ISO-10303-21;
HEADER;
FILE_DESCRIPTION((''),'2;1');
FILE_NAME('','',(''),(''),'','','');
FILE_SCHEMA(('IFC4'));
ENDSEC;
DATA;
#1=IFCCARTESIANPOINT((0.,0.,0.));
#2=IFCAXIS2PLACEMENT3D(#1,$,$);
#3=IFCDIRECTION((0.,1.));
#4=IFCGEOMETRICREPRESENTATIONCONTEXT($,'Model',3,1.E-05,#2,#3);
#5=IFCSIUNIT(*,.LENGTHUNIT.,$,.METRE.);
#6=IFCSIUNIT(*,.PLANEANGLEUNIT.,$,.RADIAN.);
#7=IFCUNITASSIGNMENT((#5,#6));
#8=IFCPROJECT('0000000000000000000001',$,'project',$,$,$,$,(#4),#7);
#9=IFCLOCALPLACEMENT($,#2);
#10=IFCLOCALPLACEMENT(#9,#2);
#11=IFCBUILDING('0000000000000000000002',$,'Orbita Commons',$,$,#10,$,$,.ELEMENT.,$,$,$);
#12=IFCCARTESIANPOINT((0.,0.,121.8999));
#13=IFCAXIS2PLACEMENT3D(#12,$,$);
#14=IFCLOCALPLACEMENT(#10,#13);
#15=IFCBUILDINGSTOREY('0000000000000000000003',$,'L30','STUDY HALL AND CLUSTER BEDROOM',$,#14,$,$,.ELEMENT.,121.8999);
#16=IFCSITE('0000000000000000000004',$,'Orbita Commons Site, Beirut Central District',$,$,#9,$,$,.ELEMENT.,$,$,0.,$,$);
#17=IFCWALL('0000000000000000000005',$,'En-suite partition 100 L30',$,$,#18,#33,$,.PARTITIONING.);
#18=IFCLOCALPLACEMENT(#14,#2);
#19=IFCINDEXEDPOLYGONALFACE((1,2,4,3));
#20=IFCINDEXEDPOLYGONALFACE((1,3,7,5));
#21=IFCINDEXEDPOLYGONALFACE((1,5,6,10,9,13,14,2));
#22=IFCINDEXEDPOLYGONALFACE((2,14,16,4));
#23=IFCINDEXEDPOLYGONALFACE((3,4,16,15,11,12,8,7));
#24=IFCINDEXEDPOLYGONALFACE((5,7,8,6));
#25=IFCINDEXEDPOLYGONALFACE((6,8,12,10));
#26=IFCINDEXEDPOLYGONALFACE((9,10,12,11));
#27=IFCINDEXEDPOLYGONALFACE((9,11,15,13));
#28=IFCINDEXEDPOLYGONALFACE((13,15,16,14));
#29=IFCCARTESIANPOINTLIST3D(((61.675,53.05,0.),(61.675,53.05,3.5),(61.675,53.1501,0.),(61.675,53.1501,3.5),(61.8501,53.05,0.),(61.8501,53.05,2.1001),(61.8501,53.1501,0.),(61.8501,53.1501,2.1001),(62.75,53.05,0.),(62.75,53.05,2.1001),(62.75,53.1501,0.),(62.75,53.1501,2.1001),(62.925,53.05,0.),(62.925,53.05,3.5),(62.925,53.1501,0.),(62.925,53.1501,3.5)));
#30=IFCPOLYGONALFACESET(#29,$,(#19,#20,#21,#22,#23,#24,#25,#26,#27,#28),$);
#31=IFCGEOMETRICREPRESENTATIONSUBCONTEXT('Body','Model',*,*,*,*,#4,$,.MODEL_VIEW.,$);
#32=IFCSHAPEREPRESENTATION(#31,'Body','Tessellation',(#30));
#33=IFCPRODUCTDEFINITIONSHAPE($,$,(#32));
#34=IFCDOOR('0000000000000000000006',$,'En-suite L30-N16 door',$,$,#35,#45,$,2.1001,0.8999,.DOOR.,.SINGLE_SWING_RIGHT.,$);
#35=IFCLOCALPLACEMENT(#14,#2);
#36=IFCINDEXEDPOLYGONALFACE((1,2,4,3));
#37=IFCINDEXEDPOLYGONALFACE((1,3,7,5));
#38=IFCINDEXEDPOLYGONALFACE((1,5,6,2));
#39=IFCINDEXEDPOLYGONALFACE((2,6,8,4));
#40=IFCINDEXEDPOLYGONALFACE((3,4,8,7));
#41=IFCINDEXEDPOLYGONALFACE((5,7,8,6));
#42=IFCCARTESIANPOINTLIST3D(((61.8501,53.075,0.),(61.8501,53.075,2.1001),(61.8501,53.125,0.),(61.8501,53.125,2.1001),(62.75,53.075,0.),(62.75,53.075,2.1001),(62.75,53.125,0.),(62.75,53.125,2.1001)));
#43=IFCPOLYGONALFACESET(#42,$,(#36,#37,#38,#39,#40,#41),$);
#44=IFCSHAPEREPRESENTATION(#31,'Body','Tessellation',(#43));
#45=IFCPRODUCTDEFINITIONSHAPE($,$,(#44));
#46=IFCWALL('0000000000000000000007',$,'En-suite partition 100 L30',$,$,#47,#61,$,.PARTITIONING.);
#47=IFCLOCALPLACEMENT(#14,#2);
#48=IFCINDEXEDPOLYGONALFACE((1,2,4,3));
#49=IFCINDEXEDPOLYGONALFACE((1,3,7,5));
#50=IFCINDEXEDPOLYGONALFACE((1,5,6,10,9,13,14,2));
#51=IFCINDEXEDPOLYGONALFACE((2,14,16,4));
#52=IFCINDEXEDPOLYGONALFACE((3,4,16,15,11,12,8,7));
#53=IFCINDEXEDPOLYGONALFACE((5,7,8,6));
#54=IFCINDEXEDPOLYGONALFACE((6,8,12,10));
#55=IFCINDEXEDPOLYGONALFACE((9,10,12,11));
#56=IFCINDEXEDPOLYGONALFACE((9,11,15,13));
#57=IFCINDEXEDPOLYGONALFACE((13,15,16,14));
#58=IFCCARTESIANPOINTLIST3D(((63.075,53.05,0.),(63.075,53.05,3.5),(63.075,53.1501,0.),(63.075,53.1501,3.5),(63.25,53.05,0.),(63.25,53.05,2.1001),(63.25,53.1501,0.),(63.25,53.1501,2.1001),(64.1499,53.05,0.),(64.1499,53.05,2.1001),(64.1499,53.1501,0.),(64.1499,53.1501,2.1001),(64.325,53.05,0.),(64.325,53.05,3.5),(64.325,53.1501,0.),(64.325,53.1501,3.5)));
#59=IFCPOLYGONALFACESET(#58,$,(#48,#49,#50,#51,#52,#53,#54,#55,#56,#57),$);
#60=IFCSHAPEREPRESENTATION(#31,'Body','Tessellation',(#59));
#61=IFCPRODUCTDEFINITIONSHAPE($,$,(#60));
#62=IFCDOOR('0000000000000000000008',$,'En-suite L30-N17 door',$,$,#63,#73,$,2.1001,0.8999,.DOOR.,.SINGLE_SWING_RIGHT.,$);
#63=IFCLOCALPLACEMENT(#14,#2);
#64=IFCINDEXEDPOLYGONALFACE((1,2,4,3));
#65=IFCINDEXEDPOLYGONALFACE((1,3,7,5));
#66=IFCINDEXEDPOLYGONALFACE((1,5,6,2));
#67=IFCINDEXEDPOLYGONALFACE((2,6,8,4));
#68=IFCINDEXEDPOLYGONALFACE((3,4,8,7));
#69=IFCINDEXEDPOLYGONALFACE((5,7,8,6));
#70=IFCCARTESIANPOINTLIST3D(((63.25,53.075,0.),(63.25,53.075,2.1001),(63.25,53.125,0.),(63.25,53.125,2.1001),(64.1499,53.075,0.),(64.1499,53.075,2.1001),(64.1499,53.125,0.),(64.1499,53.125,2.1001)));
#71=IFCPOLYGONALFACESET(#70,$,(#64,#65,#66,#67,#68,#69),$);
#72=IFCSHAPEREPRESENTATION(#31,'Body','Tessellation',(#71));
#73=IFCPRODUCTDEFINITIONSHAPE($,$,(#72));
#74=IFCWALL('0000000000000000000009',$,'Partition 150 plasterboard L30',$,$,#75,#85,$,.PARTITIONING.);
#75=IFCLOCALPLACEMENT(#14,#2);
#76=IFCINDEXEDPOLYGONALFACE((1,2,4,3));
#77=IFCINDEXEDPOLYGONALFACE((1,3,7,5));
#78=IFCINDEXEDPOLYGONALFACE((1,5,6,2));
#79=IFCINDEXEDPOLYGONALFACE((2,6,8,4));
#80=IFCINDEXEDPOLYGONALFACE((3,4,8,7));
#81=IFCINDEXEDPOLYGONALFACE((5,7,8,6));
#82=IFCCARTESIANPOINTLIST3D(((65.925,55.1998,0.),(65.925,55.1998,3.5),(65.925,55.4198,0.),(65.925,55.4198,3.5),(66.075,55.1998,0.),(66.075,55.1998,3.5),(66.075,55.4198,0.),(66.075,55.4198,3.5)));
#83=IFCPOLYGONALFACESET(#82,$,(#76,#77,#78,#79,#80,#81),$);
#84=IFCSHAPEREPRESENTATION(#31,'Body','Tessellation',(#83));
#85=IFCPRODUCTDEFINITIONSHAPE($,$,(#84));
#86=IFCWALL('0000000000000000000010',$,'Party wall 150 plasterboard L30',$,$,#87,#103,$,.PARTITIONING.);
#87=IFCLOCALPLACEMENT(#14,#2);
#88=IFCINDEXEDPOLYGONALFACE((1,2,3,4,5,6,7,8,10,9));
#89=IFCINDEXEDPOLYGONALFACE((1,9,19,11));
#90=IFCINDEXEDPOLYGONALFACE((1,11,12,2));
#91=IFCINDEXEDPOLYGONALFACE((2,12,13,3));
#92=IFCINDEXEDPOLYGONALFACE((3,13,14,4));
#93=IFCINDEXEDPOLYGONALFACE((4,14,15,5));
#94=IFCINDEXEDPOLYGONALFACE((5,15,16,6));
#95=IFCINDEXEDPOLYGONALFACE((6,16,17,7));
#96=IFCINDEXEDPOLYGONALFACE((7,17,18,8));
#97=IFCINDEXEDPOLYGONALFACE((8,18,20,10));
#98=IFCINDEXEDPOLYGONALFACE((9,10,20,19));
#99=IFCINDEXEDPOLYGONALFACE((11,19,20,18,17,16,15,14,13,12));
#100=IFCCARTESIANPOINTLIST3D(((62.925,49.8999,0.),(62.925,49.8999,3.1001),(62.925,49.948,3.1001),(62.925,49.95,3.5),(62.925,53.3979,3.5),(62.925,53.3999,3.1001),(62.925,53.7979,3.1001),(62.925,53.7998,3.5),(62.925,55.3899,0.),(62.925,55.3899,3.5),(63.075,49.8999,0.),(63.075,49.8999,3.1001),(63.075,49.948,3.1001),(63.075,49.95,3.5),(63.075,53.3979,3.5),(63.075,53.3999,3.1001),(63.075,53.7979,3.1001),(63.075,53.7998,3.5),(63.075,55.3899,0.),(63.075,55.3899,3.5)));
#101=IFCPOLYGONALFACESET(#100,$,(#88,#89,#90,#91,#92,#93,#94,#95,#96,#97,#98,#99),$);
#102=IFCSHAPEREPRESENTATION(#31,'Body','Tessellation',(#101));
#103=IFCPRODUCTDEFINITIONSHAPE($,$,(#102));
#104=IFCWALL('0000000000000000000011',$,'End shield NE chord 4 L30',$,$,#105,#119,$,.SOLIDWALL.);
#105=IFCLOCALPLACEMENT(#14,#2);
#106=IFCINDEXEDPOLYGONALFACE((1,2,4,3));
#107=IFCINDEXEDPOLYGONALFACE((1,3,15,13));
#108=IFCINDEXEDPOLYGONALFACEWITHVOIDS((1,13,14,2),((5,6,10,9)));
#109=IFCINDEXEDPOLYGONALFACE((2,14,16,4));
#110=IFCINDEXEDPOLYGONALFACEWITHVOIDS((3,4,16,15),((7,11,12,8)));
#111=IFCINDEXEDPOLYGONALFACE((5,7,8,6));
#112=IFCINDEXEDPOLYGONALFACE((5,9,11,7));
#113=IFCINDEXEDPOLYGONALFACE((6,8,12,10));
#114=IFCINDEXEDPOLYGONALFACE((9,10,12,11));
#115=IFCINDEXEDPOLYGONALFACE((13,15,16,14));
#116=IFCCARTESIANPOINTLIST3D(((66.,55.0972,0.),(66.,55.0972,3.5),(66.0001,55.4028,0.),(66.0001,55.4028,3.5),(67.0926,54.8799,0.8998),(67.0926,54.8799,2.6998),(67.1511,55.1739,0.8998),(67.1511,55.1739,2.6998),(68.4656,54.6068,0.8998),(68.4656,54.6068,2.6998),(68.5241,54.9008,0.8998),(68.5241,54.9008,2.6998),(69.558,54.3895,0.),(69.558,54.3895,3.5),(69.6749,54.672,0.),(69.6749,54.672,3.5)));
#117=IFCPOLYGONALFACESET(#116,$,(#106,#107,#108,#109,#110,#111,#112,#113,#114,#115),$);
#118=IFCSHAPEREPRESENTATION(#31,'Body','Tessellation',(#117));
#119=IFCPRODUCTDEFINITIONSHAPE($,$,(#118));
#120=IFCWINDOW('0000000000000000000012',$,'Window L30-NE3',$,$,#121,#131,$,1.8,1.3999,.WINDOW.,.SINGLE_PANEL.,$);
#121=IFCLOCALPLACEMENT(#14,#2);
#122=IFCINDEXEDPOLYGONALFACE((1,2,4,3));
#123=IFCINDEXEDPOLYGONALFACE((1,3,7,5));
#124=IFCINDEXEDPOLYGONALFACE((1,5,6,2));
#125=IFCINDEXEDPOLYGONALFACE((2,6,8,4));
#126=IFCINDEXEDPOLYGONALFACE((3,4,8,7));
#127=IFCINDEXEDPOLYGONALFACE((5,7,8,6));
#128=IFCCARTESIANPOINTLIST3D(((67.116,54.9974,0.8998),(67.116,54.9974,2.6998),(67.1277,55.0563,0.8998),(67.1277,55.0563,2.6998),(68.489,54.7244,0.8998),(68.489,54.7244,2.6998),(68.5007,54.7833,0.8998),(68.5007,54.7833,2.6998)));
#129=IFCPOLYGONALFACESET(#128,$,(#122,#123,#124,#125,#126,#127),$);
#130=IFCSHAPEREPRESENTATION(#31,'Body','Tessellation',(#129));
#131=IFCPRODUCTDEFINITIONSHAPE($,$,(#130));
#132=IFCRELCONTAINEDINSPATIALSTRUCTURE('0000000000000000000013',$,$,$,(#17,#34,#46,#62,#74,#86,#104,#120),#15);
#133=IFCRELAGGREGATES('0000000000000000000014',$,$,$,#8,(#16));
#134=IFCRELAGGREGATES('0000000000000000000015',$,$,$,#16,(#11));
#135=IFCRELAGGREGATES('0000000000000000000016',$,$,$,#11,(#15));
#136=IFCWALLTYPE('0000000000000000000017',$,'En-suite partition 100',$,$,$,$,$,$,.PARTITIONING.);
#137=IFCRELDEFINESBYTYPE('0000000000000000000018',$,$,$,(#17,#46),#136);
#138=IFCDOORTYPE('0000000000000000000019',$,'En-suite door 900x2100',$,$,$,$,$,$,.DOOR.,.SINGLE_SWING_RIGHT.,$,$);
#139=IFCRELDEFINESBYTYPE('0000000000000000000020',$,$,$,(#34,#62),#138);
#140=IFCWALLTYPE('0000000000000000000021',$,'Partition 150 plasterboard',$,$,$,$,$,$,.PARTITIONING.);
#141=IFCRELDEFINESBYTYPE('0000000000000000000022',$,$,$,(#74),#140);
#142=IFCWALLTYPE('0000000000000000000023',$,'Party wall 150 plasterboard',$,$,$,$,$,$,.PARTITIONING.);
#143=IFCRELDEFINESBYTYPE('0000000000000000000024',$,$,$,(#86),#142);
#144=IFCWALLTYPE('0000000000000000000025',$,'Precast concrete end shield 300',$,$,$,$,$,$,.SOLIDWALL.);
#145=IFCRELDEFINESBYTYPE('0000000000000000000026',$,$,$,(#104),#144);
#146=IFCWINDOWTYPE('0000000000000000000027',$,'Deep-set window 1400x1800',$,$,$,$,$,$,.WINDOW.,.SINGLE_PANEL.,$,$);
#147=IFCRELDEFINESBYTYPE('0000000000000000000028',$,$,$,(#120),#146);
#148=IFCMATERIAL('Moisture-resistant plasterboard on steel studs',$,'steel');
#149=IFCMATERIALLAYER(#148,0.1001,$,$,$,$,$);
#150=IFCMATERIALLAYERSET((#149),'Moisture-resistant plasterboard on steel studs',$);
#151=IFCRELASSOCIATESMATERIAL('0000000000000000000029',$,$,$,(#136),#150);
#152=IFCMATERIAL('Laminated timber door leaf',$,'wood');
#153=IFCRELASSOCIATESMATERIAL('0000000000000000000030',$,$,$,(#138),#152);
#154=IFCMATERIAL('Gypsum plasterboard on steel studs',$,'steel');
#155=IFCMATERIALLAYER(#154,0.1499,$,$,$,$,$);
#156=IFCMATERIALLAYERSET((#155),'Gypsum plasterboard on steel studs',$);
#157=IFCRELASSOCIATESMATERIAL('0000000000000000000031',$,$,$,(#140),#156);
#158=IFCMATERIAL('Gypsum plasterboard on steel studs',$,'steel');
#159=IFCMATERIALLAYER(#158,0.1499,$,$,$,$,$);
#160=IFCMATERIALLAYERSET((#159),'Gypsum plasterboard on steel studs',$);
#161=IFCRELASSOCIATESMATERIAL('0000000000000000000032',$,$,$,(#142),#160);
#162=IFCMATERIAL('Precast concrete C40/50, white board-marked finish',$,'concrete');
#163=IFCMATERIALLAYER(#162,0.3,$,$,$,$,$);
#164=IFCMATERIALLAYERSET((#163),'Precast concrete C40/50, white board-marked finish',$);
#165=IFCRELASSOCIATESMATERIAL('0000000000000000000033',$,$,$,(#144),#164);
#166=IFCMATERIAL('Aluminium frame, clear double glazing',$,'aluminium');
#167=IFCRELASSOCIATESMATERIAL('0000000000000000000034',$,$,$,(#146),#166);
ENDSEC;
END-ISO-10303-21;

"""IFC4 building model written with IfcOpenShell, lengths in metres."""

from ifc_helpers import new_model, si_unit, direction, frame, frame_2d, origin, place, context, subcontext, project, spatial, polyline, rectangle, outline, extrude, material, layer, layer_set, type_object, element, fill, save


model = new_model("IFC4")

# Units and contexts
model_context = context("Model", 3, precision=1e-05, world=origin(), true_north=direction((0.0, 1.0)))
body_context = subcontext(model_context, "Body", "Model", "MODEL_VIEW")
ifc_project = project(units=[si_unit("LENGTHUNIT", "METRE"), si_unit("PLANEANGLEUNIT", "RADIAN")], contexts=[model_context])

# Site, building, storey
site_placement = place(None, origin())
site = spatial("IfcSite", under=ifc_project, at=site_placement, Name="Orbita Commons Site, Beirut Central District", CompositionType="ELEMENT", RefElevation=0.0)
building_placement = place(site_placement, origin())
building = spatial("IfcBuilding", under=site, at=building_placement, Name="Orbita Commons", CompositionType="ELEMENT")
storey_placement = place(building_placement, frame((0.0, 0.0, 121.8999)))
storey = spatial("IfcBuildingStorey", under=building, at=storey_placement, Name="L30", Description="STUDY HALL AND CLUSTER BEDROOM", CompositionType="ELEMENT", Elevation=121.8999)

# Walls, openings, doors
ifc_material_1 = material(Name="Moisture-resistant plasterboard on steel studs", Category="steel")
ifc_layer_1 = layer(ifc_material_1, 0.1001)
ifc_layer_set_1 = layer_set([ifc_layer_1], Name="Moisture-resistant plasterboard on steel studs")
wall_type_1 = type_object("IfcWallType", Name="En-suite partition 100", PredefinedType="PARTITIONING", material=ifc_layer_set_1)
wall_1_placement = place(storey_placement, frame((61.675, 53.1001, 0.0), z_axis=(0.0, 0.0, 1.0), x_axis=(1.0, 0.0, 0.0)))
wall_1 = element("IfcWall", 1, at=wall_1_placement, inside=storey, type_object=wall_type_1, Name="En-suite partition 100 L30", PredefinedType="PARTITIONING", context=body_context, shape_type="SweptSolid", body=[
    extrude(rectangle(XDim=1.25, YDim=0.1001, at=frame_2d((0.625, 0.0))), origin(), (0.0, 0.0, 1.0), 3.5),
])
opening_1_placement = place(wall_1_placement, frame((0.175, 0.0, 0.0)))
opening_1 = element("IfcOpeningElement", 2, at=opening_1_placement, cuts=wall_1, PredefinedType="OPENING", context=body_context, shape_type="SweptSolid", body=[
    extrude(rectangle(XDim=0.8999, YDim=2.1001, at=frame_2d((0.45, 1.05))), frame((0.0, 0.0601, 0.0), z_axis=(0.0, -1.0, 0.0), x_axis=(1.0, 0.0, 0.0)), (0.0, 0.0, 1.0), 0.1201),
])
ifc_material_2 = material(Name="Laminated timber door leaf", Category="wood")
door_type = type_object("IfcDoorType", Name="En-suite door 900x2100", OperationType="SINGLE_SWING_RIGHT", PredefinedType="DOOR", material=ifc_material_2)
door_1_placement = place(opening_1_placement, origin())
door_1 = element("IfcDoor", 3, at=door_1_placement, inside=storey, type_object=door_type, Name="En-suite L30-N16 door", OperationType="SINGLE_SWING_RIGHT", OverallHeight=2.1001, OverallWidth=0.8999, PredefinedType="DOOR", context=body_context, shape_type="SweptSolid", body=[
    extrude(rectangle(XDim=0.8999, YDim=2.1001, at=frame_2d((0.45, 1.05))), frame((0.0, 0.0249, 0.0), z_axis=(0.0, -1.0, 0.0), x_axis=(1.0, 0.0, 0.0)), (0.0, 0.0, 1.0), 0.05),
])
fill(opening_1, door_1)
wall_2_placement = place(storey_placement, frame((63.075, 53.1001, 0.0), z_axis=(0.0, 0.0, 1.0), x_axis=(1.0, 0.0, 0.0)))
wall_2 = element("IfcWall", 4, at=wall_2_placement, inside=storey, type_object=wall_type_1, Name="En-suite partition 100 L30", PredefinedType="PARTITIONING", context=body_context, shape_type="SweptSolid", body=[
    extrude(rectangle(XDim=1.25, YDim=0.1001, at=frame_2d((0.625, 0.0))), origin(), (0.0, 0.0, 1.0), 3.5),
])
opening_2_placement = place(wall_2_placement, frame((0.175, 0.0, 0.0)))
opening_2 = element("IfcOpeningElement", 5, at=opening_2_placement, cuts=wall_2, PredefinedType="OPENING", context=body_context, shape_type="SweptSolid", body=[
    extrude(rectangle(XDim=0.8999, YDim=2.1001, at=frame_2d((0.45, 1.05))), frame((0.0, 0.0601, 0.0), z_axis=(0.0, -1.0, 0.0), x_axis=(1.0, 0.0, 0.0)), (0.0, 0.0, 1.0), 0.1201),
])
door_2_placement = place(opening_2_placement, origin())
door_2 = element("IfcDoor", 6, at=door_2_placement, inside=storey, type_object=door_type, Name="En-suite L30-N17 door", OperationType="SINGLE_SWING_RIGHT", OverallHeight=2.1001, OverallWidth=0.8999, PredefinedType="DOOR", context=body_context, shape_type="SweptSolid", body=[
    extrude(rectangle(XDim=0.8999, YDim=2.1001, at=frame_2d((0.45, 1.05))), frame((0.0, 0.0249, 0.0), z_axis=(0.0, -1.0, 0.0), x_axis=(1.0, 0.0, 0.0)), (0.0, 0.0, 1.0), 0.05),
])
fill(opening_2, door_2)

# Walls
ifc_material_3 = material(Name="Gypsum plasterboard on steel studs", Category="steel")
ifc_layer_2 = layer(ifc_material_3, 0.1499)
ifc_layer_set_2 = layer_set([ifc_layer_2], Name="Gypsum plasterboard on steel studs")
wall_type_2 = type_object("IfcWallType", Name="Partition 150 plasterboard", PredefinedType="PARTITIONING", material=ifc_layer_set_2)
wall_3_placement = place(storey_placement, frame((66.0, 55.2, 0.0), z_axis=(0.0, 0.0, 1.0), x_axis=(0.0, 1.0, 0.0)))
element("IfcWall", 7, at=wall_3_placement, inside=storey, type_object=wall_type_2, Name="Partition 150 plasterboard L30", PredefinedType="PARTITIONING", context=body_context, shape_type="SweptSolid", body=[
    extrude(rectangle(XDim=0.22, YDim=0.1499, at=frame_2d((0.1099, 0.0))), origin(), (0.0, 0.0, 1.0), 3.5),
])
ifc_material_4 = material(Name="Gypsum plasterboard on steel studs", Category="steel")
ifc_layer_3 = layer(ifc_material_4, 0.1499)
ifc_layer_set_3 = layer_set([ifc_layer_3], Name="Gypsum plasterboard on steel studs")
wall_type_3 = type_object("IfcWallType", Name="Party wall 150 plasterboard", PredefinedType="PARTITIONING", material=ifc_layer_set_3)
wall_4_placement = place(storey_placement, frame((63.0, 55.3899, 0.0), z_axis=(0.0, 0.0, 1.0), x_axis=(0.0, -1.0, 0.0)))
element("IfcWall", 8, at=wall_4_placement, inside=storey, type_object=wall_type_3, Name="Party wall 150 plasterboard L30", PredefinedType="PARTITIONING", context=body_context, shape_type="SweptSolid", body=[
    extrude(outline(polyline([(0.0, 0.0), (5.49, 0.0), (5.49, 3.1001), (5.4419, 3.1001), (5.4399, 3.5), (1.9919, 3.5), (1.99, 3.1001), (1.592, 3.1001), (1.5901, 3.5), (0.0, 3.5), (0.0, 0.0)])), frame((0.0, 0.075, 0.0), z_axis=(0.0, -1.0, 0.0), x_axis=(1.0, 0.0, 0.0)), (0.0, 0.0, 1.0), 0.1499),
])

# Wall, opening, window
ifc_material_5 = material(Name="Precast concrete C40/50, white board-marked finish", Category="concrete")
ifc_layer_4 = layer(ifc_material_5, 0.3)
ifc_layer_set_4 = layer_set([ifc_layer_4], Name="Precast concrete C40/50, white board-marked finish")
wall_type_4 = type_object("IfcWallType", Name="Precast concrete end shield 300", PredefinedType="SOLIDWALL", material=ifc_layer_set_4)
wall_5_placement = place(storey_placement, frame((69.6165, 54.5308, 0.0), z_axis=(0.0, 0.0, 1.0), x_axis=(-0.980791, 0.195059, 0.0)))
wall_5 = element("IfcWall", 9, at=wall_5_placement, inside=storey, type_object=wall_type_4, Name="End shield NE chord 4 L30", PredefinedType="SOLIDWALL", context=body_context, shape_type="SweptSolid", body=[
    extrude(outline(polyline([(-0.0298, -0.1499), (3.717, -0.1499), (3.6575, 0.1499), (0.0298, 0.1499), (-0.0298, -0.1499)])), origin(), (0.0, 0.0, 1.0), 3.5),
])
opening_3_placement = place(wall_5_placement, frame((1.1436, 0.0, 0.8999)))
opening_3 = element("IfcOpeningElement", 10, at=opening_3_placement, cuts=wall_5, PredefinedType="OPENING", context=body_context, shape_type="SweptSolid", body=[
    extrude(rectangle(XDim=1.3999, YDim=1.8, at=frame_2d((0.7, 0.8999))), frame((0.0, 0.1599, 0.0), z_axis=(0.0, -1.0, 0.0), x_axis=(1.0, 0.0, 0.0)), (0.0, 0.0, 1.0), 0.3201),
])
ifc_material_6 = material(Name="Aluminium frame, clear double glazing", Category="aluminium")
window_type = type_object("IfcWindowType", Name="Deep-set window 1400x1800", PartitioningType="SINGLE_PANEL", PredefinedType="WINDOW", material=ifc_material_6)
window_placement = place(opening_3_placement, origin())
window = element("IfcWindow", 11, at=window_placement, inside=storey, type_object=window_type, Name="Window L30-NE3", OverallHeight=1.8, OverallWidth=1.3999, PartitioningType="SINGLE_PANEL", PredefinedType="WINDOW", context=body_context, shape_type="SweptSolid", body=[
    extrude(rectangle(XDim=1.3999, YDim=1.8, at=frame_2d((0.7, 0.8999))), frame((0.0, 0.03, 0.0), z_axis=(0.0, -1.0, 0.0), x_axis=(1.0, 0.0, 0.0)), (0.0, 0.0, 1.0), 0.0601),
])
fill(opening_3, window)

save(model, "model.ifc")
